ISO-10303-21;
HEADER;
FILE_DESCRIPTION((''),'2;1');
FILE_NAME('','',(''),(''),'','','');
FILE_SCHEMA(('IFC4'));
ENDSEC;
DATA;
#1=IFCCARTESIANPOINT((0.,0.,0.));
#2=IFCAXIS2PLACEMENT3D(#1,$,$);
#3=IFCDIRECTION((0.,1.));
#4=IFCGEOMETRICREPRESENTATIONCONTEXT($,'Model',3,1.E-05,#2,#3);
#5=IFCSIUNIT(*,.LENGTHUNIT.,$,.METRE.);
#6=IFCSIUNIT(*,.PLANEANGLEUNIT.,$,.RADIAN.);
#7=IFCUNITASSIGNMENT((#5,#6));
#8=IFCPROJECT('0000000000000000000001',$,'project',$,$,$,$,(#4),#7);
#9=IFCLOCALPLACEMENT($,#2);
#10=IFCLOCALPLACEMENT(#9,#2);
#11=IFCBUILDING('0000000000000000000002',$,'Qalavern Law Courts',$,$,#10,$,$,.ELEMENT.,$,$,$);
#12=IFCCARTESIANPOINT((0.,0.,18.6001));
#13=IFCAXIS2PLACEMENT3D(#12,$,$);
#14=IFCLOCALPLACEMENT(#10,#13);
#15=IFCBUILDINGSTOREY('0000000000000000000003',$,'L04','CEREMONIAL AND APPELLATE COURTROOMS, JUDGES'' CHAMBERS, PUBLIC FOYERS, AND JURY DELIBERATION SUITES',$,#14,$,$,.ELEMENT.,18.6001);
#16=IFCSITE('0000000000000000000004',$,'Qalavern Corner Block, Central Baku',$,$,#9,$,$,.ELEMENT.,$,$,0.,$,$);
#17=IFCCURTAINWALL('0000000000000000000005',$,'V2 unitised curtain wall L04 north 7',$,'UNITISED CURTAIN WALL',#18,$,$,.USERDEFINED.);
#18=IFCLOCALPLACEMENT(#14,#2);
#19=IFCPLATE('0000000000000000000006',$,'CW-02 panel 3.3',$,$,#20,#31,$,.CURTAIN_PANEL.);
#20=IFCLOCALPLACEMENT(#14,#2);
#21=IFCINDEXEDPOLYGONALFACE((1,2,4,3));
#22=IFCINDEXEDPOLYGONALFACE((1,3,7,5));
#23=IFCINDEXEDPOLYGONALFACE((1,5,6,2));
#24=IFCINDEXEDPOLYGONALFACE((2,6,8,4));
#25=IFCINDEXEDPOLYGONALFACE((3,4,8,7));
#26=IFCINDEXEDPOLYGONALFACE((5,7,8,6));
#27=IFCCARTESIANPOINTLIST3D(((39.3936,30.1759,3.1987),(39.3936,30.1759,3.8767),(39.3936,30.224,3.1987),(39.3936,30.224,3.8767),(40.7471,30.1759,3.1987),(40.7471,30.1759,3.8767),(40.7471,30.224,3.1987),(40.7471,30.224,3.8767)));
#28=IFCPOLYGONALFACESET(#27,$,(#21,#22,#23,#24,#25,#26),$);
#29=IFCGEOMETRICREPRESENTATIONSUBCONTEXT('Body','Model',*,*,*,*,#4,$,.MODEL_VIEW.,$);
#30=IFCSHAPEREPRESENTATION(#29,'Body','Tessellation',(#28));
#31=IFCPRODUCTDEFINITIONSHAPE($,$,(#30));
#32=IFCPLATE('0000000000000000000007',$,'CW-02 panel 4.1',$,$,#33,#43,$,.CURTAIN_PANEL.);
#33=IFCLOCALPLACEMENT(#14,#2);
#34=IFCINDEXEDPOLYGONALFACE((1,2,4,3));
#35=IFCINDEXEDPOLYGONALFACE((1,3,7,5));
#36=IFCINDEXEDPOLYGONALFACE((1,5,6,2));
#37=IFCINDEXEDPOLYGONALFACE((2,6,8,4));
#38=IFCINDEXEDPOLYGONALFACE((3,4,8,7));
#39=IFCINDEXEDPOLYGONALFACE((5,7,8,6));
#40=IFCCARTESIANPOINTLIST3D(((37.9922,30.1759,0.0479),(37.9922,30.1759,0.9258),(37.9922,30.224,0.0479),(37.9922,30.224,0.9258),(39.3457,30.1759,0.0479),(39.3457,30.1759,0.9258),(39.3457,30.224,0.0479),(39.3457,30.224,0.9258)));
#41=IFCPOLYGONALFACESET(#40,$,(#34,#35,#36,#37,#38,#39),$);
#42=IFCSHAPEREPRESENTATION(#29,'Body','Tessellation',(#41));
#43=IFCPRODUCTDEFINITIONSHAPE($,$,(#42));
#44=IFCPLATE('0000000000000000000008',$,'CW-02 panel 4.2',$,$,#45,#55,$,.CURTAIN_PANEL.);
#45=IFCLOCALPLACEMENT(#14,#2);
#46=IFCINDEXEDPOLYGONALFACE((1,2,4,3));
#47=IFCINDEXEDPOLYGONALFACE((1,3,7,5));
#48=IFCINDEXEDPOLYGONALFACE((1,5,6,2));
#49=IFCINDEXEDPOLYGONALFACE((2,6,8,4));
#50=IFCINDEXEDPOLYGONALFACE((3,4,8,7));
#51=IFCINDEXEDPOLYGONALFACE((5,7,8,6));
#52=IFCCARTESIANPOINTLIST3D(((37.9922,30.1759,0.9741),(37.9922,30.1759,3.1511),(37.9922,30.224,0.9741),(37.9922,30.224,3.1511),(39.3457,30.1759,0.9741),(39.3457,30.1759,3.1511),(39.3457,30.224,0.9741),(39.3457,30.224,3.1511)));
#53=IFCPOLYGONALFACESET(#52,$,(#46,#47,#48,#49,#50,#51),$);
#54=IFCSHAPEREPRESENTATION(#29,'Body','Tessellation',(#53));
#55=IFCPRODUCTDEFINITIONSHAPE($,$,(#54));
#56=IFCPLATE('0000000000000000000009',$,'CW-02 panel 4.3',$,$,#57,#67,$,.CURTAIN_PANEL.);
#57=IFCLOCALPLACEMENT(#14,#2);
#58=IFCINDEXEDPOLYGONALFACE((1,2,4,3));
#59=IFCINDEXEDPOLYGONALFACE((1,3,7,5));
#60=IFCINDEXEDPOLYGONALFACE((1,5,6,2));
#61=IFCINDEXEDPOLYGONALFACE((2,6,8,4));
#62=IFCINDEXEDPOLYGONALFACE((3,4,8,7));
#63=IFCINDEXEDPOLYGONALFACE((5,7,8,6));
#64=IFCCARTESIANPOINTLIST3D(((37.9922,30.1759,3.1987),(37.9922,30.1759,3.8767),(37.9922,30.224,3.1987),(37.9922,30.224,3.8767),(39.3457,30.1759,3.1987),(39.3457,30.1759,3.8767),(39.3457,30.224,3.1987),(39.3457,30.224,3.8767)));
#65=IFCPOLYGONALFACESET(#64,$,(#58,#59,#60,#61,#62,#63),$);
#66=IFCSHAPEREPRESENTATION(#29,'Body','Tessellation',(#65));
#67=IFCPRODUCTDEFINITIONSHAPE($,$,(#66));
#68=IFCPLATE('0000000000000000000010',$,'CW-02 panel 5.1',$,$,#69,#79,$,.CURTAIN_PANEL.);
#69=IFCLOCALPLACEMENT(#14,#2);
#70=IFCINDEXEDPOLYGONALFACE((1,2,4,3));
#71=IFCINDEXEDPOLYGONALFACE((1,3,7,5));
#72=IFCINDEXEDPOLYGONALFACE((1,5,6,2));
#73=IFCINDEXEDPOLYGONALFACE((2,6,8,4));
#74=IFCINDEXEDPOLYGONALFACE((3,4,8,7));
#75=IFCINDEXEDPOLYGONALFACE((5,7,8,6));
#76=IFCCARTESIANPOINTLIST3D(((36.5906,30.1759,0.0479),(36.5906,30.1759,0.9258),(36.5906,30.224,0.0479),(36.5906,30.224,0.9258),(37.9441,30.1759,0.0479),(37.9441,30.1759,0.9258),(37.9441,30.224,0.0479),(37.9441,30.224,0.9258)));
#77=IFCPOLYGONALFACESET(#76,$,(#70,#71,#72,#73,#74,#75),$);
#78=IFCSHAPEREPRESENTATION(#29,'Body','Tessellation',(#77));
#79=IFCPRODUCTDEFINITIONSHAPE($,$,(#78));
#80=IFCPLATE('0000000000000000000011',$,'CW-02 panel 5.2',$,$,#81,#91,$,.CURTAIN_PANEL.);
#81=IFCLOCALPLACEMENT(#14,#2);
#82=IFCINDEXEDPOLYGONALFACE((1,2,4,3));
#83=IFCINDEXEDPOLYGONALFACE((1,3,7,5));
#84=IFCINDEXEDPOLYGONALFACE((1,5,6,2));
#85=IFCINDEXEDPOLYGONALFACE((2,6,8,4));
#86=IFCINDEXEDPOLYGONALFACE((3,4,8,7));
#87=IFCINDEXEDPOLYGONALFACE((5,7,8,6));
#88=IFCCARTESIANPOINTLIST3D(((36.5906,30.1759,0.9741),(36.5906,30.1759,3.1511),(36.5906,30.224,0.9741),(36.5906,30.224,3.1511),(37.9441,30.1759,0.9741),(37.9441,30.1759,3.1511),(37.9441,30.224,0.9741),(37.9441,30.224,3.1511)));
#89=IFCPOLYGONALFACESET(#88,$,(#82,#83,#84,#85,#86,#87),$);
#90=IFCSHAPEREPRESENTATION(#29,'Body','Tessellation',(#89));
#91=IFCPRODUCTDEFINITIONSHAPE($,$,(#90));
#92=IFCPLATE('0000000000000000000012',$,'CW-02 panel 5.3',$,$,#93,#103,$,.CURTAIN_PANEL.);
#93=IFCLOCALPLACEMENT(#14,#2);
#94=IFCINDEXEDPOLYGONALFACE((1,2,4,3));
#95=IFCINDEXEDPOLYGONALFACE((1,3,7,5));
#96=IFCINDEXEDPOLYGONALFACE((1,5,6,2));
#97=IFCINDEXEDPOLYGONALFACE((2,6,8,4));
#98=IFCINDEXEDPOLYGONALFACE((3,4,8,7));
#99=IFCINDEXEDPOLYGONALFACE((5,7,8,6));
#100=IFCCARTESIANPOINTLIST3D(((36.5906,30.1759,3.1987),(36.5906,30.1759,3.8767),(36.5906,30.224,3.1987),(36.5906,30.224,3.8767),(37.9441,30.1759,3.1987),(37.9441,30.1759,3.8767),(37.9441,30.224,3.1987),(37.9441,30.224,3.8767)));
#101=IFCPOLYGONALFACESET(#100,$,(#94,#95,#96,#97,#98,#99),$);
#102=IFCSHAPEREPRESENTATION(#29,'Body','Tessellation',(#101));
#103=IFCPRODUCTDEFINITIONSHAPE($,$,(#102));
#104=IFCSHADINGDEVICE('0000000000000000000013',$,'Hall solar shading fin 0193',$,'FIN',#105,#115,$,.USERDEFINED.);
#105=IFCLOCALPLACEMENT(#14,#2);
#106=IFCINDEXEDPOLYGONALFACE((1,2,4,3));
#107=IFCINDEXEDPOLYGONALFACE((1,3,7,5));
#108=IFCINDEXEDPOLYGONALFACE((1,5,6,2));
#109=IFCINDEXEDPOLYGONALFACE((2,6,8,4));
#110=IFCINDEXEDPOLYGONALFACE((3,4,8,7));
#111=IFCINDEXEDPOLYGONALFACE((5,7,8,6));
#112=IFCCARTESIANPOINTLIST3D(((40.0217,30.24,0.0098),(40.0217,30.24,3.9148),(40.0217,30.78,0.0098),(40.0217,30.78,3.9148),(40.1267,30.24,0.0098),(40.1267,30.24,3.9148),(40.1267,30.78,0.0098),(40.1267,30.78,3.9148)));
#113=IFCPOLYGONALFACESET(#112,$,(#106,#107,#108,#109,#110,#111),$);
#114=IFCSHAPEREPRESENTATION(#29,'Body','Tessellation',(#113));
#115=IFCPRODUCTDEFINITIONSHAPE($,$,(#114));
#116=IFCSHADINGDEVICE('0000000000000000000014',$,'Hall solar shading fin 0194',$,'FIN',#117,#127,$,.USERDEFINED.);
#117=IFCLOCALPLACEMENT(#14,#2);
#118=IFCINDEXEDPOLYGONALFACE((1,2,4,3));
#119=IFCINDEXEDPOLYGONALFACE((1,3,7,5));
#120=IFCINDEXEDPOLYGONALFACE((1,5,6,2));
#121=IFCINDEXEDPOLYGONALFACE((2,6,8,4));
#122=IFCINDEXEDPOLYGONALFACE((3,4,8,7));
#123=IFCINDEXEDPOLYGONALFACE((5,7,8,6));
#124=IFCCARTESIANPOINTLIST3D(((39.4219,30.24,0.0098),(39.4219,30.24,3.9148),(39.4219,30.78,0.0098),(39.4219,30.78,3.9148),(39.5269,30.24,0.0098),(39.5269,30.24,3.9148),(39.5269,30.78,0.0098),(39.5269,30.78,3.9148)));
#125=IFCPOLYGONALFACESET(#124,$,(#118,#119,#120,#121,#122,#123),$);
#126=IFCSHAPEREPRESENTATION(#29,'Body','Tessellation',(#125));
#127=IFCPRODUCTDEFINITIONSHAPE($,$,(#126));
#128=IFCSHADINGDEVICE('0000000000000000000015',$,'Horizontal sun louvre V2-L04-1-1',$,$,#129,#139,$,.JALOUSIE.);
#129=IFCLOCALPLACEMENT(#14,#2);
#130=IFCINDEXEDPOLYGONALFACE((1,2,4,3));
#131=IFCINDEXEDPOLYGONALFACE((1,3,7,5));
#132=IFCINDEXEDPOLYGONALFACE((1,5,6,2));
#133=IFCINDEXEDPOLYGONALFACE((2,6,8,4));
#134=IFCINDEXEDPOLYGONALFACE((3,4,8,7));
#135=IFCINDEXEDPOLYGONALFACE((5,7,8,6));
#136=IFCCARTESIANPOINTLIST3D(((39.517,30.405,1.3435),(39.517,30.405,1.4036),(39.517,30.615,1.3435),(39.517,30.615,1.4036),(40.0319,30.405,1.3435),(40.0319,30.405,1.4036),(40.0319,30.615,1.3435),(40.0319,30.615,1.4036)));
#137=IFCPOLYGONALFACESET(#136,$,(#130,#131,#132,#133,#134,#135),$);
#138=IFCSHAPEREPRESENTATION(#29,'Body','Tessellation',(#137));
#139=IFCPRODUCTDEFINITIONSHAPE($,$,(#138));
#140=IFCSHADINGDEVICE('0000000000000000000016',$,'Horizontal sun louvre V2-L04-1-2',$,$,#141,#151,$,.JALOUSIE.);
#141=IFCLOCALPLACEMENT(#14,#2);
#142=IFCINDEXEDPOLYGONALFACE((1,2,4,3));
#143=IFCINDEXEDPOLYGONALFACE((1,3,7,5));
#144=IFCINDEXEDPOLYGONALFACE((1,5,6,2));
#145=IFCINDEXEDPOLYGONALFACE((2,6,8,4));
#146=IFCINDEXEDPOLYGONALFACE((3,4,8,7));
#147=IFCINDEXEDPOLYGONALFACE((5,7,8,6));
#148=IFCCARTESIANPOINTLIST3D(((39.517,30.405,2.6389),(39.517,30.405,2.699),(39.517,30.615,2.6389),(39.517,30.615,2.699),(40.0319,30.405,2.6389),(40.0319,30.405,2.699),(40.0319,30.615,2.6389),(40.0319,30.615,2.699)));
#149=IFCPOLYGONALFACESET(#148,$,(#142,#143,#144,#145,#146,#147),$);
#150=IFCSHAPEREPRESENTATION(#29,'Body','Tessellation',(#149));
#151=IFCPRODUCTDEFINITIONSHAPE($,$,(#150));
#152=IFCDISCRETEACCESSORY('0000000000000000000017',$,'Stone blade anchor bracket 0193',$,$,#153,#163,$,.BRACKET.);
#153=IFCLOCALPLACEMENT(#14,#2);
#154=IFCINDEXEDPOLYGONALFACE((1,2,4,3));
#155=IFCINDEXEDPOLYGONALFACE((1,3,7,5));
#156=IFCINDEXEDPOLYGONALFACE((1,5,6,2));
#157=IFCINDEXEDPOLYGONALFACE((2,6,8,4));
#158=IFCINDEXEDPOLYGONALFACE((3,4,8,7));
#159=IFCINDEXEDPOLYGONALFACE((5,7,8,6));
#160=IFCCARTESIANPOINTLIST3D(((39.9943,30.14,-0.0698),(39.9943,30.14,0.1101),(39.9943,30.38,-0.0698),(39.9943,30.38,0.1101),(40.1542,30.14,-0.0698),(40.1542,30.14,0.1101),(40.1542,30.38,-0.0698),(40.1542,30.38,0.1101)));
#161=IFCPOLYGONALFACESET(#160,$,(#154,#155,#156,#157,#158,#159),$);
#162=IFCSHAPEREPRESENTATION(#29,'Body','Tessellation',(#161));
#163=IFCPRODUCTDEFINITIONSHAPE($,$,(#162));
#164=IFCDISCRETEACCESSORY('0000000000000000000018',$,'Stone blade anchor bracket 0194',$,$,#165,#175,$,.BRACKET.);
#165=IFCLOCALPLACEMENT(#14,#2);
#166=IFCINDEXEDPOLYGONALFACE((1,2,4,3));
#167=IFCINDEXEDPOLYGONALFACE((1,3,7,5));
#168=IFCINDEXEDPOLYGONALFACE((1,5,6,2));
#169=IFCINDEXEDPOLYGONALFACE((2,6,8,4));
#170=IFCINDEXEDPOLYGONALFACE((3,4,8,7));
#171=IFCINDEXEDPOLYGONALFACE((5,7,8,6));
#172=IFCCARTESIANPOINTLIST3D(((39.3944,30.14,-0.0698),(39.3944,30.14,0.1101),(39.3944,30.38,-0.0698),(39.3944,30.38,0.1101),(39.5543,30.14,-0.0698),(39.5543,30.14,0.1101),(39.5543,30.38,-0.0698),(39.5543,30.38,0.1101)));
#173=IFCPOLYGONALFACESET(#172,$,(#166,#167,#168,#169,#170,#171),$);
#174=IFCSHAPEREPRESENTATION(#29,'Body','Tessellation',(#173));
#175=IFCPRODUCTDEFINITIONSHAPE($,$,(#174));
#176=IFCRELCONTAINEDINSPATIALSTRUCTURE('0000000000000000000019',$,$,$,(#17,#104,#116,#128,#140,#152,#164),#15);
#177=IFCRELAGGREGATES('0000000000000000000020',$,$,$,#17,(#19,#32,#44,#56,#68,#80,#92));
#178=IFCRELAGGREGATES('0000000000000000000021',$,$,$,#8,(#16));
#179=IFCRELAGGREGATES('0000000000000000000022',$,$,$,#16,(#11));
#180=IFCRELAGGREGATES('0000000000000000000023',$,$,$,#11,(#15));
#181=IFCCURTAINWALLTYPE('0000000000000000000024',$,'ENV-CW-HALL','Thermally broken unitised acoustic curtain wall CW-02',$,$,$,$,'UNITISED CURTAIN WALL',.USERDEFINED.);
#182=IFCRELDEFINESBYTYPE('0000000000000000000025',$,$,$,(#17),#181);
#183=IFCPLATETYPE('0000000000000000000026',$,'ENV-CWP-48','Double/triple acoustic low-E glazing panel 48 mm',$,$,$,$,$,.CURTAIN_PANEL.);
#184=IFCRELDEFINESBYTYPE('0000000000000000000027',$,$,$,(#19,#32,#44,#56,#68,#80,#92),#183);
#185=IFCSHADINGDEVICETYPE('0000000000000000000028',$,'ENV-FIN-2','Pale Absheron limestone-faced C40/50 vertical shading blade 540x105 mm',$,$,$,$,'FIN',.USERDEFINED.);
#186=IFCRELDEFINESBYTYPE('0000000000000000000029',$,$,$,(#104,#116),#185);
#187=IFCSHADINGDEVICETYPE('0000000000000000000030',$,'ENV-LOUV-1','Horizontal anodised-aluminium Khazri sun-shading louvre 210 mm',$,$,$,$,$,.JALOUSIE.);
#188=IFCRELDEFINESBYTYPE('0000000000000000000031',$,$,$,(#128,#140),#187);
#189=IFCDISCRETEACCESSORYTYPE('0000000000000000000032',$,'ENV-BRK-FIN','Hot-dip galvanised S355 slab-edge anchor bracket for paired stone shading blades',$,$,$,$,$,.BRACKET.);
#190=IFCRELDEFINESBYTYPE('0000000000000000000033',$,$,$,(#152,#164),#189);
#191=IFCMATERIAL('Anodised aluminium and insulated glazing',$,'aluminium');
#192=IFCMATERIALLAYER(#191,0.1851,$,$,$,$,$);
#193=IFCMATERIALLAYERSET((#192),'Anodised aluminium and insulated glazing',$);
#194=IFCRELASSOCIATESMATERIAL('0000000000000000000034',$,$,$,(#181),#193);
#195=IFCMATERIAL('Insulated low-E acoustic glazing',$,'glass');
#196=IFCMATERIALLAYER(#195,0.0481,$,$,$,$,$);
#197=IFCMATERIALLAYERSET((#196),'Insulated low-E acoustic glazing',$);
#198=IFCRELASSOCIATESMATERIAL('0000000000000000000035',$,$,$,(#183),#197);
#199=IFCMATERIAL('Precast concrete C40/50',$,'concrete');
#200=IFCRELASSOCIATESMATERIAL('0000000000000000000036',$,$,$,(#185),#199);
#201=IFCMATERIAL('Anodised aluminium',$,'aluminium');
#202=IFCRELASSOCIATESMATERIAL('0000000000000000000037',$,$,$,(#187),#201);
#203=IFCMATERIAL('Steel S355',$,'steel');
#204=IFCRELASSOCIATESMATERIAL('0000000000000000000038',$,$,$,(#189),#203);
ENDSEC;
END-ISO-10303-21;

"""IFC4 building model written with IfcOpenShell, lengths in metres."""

from ifc_helpers import new_model, si_unit, direction, frame, origin, origin_2d, place, context, subcontext, project, spatial, rectangle, extrude, material, layer, layer_set, type_object, element, aggregate, save


model = new_model("IFC4")

# Units and contexts
model_context = context("Model", 3, precision=1e-05, world=origin(), true_north=direction((0.0, 1.0)))
body_context = subcontext(model_context, "Body", "Model", "MODEL_VIEW")
ifc_project = project(units=[si_unit("LENGTHUNIT", "METRE"), si_unit("PLANEANGLEUNIT", "RADIAN")], contexts=[model_context])

# Site, building, storey
site_placement = place(None, origin())
site = spatial("IfcSite", under=ifc_project, at=site_placement, Name="Qalavern Corner Block, Central Baku", CompositionType="ELEMENT", RefElevation=0.0)
building_placement = place(site_placement, origin())
building = spatial("IfcBuilding", under=site, at=building_placement, Name="Qalavern Law Courts", CompositionType="ELEMENT")
storey_placement = place(building_placement, frame((0.0, 0.0, 18.6001)))
storey = spatial("IfcBuildingStorey", under=building, at=storey_placement, Name="L04", Description="CEREMONIAL AND APPELLATE COURTROOMS, JUDGES' CHAMBERS, PUBLIC FOYERS, AND JURY DELIBERATION SUITES", CompositionType="ELEMENT", Elevation=18.6001)

# Curtain wall, plates
ifc_material_1 = material(Name="Anodised aluminium and insulated glazing", Category="aluminium")
ifc_layer_1 = layer(ifc_material_1, 0.1851)
ifc_layer_set_1 = layer_set([ifc_layer_1], Name="Anodised aluminium and insulated glazing")
curtain_wall_type = type_object("IfcCurtainWallType", Name="ENV-CW-HALL", Description="Thermally broken unitised acoustic curtain wall CW-02", ElementType="UNITISED CURTAIN WALL", PredefinedType="USERDEFINED", material=ifc_layer_set_1)
curtain_wall_placement = place(storey_placement, origin())
curtain_wall = element("IfcCurtainWall", 1, at=curtain_wall_placement, inside=storey, type_object=curtain_wall_type, Name="V2 unitised curtain wall L04 north 7", ObjectType="UNITISED CURTAIN WALL", PredefinedType="USERDEFINED")
ifc_material_2 = material(Name="Anodised aluminium", Category="aluminium")
ifc_material_3 = material(Name="Insulated low-E acoustic glazing", Category="glass")
ifc_layer_2 = layer(ifc_material_3, 0.0481)
ifc_layer_set_2 = layer_set([ifc_layer_2], Name="Insulated low-E acoustic glazing")
plate_type = type_object("IfcPlateType", Name="ENV-CWP-48", Description="Double/triple acoustic low-E glazing panel 48 mm", PredefinedType="CURTAIN_PANEL", material=ifc_layer_set_2)
plate_1_placement = place(storey_placement, frame((40.0703, 30.2, 3.1987), z_axis=(0.0, 0.0, 1.0), x_axis=(-1.0, 0.0, 0.0)))
plate_1 = element("IfcPlate", 2, at=plate_1_placement, type_object=plate_type, Name="CW-02 panel 3.3", PredefinedType="CURTAIN_PANEL", context=body_context, shape_type="SweptSolid", body=[
    extrude(rectangle(XDim=1.3535, YDim=0.0481, at=origin_2d()), origin(), (0.0, 0.0, 1.0), 0.678),
])
plate_2_placement = place(storey_placement, frame((38.6689, 30.2, 0.0479), z_axis=(0.0, 0.0, 1.0), x_axis=(-1.0, 0.0, 0.0)))
plate_2 = element("IfcPlate", 3, at=plate_2_placement, type_object=plate_type, Name="CW-02 panel 4.1", PredefinedType="CURTAIN_PANEL", context=body_context, shape_type="SweptSolid", body=[
    extrude(rectangle(XDim=1.3535, YDim=0.0481, at=origin_2d()), origin(), (0.0, 0.0, 1.0), 0.8779),
])
plate_3_placement = place(storey_placement, frame((38.6689, 30.2, 0.9741), z_axis=(0.0, 0.0, 1.0), x_axis=(-1.0, 0.0, 0.0)))
plate_3 = element("IfcPlate", 4, at=plate_3_placement, type_object=plate_type, Name="CW-02 panel 4.2", PredefinedType="CURTAIN_PANEL", context=body_context, shape_type="SweptSolid", body=[
    extrude(rectangle(XDim=1.3535, YDim=0.0481, at=origin_2d()), origin(), (0.0, 0.0, 1.0), 2.177),
])
plate_4_placement = place(storey_placement, frame((38.6689, 30.2, 3.1987), z_axis=(0.0, 0.0, 1.0), x_axis=(-1.0, 0.0, 0.0)))
plate_4 = element("IfcPlate", 5, at=plate_4_placement, type_object=plate_type, Name="CW-02 panel 4.3", PredefinedType="CURTAIN_PANEL", context=body_context, shape_type="SweptSolid", body=[
    extrude(rectangle(XDim=1.3535, YDim=0.0481, at=origin_2d()), origin(), (0.0, 0.0, 1.0), 0.678),
])
plate_5_placement = place(storey_placement, frame((37.2673, 30.2, 0.0479), z_axis=(0.0, 0.0, 1.0), x_axis=(-1.0, 0.0, 0.0)))
plate_5 = element("IfcPlate", 6, at=plate_5_placement, type_object=plate_type, Name="CW-02 panel 5.1", PredefinedType="CURTAIN_PANEL", context=body_context, shape_type="SweptSolid", body=[
    extrude(rectangle(XDim=1.3535, YDim=0.0481, at=origin_2d()), origin(), (0.0, 0.0, 1.0), 0.8779),
])
plate_6_placement = place(storey_placement, frame((37.2673, 30.2, 0.9741), z_axis=(0.0, 0.0, 1.0), x_axis=(-1.0, 0.0, 0.0)))
plate_6 = element("IfcPlate", 7, at=plate_6_placement, type_object=plate_type, Name="CW-02 panel 5.2", PredefinedType="CURTAIN_PANEL", context=body_context, shape_type="SweptSolid", body=[
    extrude(rectangle(XDim=1.3535, YDim=0.0481, at=origin_2d()), origin(), (0.0, 0.0, 1.0), 2.177),
])
plate_7_placement = place(storey_placement, frame((37.2673, 30.2, 3.1987), z_axis=(0.0, 0.0, 1.0), x_axis=(-1.0, 0.0, 0.0)))
plate_7 = element("IfcPlate", 8, at=plate_7_placement, type_object=plate_type, Name="CW-02 panel 5.3", PredefinedType="CURTAIN_PANEL", context=body_context, shape_type="SweptSolid", body=[
    extrude(rectangle(XDim=1.3535, YDim=0.0481, at=origin_2d()), origin(), (0.0, 0.0, 1.0), 0.678),
])
aggregate(curtain_wall, [plate_1, plate_2, plate_3, plate_4, plate_5, plate_6, plate_7])

# Shading devices
ifc_material_4 = material(Name="Precast concrete C40/50", Category="concrete")
shading_device_type_1 = type_object("IfcShadingDeviceType", Name="ENV-FIN-2", Description="Pale Absheron limestone-faced C40/50 vertical shading blade 540x105 mm", ElementType="FIN", PredefinedType="USERDEFINED", material=ifc_material_4)
for number, where, z_axis, x_axis, name in (
    (9, (40.0742, 30.51, 0.0098), (0.0, 0.0, 1.0), (0.0, 1.0, 0.0), "Hall solar shading fin 0193"),
    (10, (39.4744, 30.51, 0.0098), (0.0, 0.0, 1.0), (0.0, 1.0, 0.0), "Hall solar shading fin 0194"),
):
    element("IfcShadingDevice", number, at=place(storey_placement, frame(where, z_axis=z_axis, x_axis=x_axis)), inside=storey, type_object=shading_device_type_1, Name=name, ObjectType="FIN", PredefinedType="USERDEFINED", context=body_context, shape_type="SweptSolid", body=[
        extrude(rectangle(XDim=0.54, YDim=0.105, at=origin_2d()), origin(), (0.0, 0.0, 1.0), 3.905),
    ])
shading_device_type_2 = type_object("IfcShadingDeviceType", Name="ENV-LOUV-1", Description="Horizontal anodised-aluminium Khazri sun-shading louvre 210 mm", PredefinedType="JALOUSIE", material=ifc_material_2)
for number, where, z_axis, x_axis, name in (
    (11, (39.7744, 30.51, 1.3435), (0.0, 0.0, 1.0), (-1.0, 0.0, 0.0), "Horizontal sun louvre V2-L04-1-1"),
    (12, (39.7744, 30.51, 2.6389), (0.0, 0.0, 1.0), (-1.0, 0.0, 0.0), "Horizontal sun louvre V2-L04-1-2"),
):
    element("IfcShadingDevice", number, at=place(storey_placement, frame(where, z_axis=z_axis, x_axis=x_axis)), inside=storey, type_object=shading_device_type_2, Name=name, PredefinedType="JALOUSIE", context=body_context, shape_type="SweptSolid", body=[
        extrude(rectangle(XDim=0.5149, YDim=0.21, at=origin_2d()), origin(), (0.0, 0.0, 1.0), 0.0601),
    ])

# Discrete accessories
ifc_material_5 = material(Name="Steel S355", Category="steel")
discrete_accessory_type = type_object("IfcDiscreteAccessoryType", Name="ENV-BRK-FIN", Description="Hot-dip galvanised S355 slab-edge anchor bracket for paired stone shading blades", PredefinedType="BRACKET", material=ifc_material_5)
for number, where, z_axis, x_axis, name in (
    (13, (40.0742, 30.26, -0.0698), (0.0, 0.0, 1.0), (0.0, 1.0, 0.0), "Stone blade anchor bracket 0193"),
    (14, (39.4744, 30.26, -0.0698), (0.0, 0.0, 1.0), (0.0, 1.0, 0.0), "Stone blade anchor bracket 0194"),
):
    element("IfcDiscreteAccessory", number, at=place(storey_placement, frame(where, z_axis=z_axis, x_axis=x_axis)), inside=storey, type_object=discrete_accessory_type, Name=name, PredefinedType="BRACKET", context=body_context, shape_type="SweptSolid", body=[
        extrude(rectangle(XDim=0.24, YDim=0.1599, at=origin_2d()), origin(), (0.0, 0.0, 1.0), 0.1799),
    ])

save(model, "model.ifc")
